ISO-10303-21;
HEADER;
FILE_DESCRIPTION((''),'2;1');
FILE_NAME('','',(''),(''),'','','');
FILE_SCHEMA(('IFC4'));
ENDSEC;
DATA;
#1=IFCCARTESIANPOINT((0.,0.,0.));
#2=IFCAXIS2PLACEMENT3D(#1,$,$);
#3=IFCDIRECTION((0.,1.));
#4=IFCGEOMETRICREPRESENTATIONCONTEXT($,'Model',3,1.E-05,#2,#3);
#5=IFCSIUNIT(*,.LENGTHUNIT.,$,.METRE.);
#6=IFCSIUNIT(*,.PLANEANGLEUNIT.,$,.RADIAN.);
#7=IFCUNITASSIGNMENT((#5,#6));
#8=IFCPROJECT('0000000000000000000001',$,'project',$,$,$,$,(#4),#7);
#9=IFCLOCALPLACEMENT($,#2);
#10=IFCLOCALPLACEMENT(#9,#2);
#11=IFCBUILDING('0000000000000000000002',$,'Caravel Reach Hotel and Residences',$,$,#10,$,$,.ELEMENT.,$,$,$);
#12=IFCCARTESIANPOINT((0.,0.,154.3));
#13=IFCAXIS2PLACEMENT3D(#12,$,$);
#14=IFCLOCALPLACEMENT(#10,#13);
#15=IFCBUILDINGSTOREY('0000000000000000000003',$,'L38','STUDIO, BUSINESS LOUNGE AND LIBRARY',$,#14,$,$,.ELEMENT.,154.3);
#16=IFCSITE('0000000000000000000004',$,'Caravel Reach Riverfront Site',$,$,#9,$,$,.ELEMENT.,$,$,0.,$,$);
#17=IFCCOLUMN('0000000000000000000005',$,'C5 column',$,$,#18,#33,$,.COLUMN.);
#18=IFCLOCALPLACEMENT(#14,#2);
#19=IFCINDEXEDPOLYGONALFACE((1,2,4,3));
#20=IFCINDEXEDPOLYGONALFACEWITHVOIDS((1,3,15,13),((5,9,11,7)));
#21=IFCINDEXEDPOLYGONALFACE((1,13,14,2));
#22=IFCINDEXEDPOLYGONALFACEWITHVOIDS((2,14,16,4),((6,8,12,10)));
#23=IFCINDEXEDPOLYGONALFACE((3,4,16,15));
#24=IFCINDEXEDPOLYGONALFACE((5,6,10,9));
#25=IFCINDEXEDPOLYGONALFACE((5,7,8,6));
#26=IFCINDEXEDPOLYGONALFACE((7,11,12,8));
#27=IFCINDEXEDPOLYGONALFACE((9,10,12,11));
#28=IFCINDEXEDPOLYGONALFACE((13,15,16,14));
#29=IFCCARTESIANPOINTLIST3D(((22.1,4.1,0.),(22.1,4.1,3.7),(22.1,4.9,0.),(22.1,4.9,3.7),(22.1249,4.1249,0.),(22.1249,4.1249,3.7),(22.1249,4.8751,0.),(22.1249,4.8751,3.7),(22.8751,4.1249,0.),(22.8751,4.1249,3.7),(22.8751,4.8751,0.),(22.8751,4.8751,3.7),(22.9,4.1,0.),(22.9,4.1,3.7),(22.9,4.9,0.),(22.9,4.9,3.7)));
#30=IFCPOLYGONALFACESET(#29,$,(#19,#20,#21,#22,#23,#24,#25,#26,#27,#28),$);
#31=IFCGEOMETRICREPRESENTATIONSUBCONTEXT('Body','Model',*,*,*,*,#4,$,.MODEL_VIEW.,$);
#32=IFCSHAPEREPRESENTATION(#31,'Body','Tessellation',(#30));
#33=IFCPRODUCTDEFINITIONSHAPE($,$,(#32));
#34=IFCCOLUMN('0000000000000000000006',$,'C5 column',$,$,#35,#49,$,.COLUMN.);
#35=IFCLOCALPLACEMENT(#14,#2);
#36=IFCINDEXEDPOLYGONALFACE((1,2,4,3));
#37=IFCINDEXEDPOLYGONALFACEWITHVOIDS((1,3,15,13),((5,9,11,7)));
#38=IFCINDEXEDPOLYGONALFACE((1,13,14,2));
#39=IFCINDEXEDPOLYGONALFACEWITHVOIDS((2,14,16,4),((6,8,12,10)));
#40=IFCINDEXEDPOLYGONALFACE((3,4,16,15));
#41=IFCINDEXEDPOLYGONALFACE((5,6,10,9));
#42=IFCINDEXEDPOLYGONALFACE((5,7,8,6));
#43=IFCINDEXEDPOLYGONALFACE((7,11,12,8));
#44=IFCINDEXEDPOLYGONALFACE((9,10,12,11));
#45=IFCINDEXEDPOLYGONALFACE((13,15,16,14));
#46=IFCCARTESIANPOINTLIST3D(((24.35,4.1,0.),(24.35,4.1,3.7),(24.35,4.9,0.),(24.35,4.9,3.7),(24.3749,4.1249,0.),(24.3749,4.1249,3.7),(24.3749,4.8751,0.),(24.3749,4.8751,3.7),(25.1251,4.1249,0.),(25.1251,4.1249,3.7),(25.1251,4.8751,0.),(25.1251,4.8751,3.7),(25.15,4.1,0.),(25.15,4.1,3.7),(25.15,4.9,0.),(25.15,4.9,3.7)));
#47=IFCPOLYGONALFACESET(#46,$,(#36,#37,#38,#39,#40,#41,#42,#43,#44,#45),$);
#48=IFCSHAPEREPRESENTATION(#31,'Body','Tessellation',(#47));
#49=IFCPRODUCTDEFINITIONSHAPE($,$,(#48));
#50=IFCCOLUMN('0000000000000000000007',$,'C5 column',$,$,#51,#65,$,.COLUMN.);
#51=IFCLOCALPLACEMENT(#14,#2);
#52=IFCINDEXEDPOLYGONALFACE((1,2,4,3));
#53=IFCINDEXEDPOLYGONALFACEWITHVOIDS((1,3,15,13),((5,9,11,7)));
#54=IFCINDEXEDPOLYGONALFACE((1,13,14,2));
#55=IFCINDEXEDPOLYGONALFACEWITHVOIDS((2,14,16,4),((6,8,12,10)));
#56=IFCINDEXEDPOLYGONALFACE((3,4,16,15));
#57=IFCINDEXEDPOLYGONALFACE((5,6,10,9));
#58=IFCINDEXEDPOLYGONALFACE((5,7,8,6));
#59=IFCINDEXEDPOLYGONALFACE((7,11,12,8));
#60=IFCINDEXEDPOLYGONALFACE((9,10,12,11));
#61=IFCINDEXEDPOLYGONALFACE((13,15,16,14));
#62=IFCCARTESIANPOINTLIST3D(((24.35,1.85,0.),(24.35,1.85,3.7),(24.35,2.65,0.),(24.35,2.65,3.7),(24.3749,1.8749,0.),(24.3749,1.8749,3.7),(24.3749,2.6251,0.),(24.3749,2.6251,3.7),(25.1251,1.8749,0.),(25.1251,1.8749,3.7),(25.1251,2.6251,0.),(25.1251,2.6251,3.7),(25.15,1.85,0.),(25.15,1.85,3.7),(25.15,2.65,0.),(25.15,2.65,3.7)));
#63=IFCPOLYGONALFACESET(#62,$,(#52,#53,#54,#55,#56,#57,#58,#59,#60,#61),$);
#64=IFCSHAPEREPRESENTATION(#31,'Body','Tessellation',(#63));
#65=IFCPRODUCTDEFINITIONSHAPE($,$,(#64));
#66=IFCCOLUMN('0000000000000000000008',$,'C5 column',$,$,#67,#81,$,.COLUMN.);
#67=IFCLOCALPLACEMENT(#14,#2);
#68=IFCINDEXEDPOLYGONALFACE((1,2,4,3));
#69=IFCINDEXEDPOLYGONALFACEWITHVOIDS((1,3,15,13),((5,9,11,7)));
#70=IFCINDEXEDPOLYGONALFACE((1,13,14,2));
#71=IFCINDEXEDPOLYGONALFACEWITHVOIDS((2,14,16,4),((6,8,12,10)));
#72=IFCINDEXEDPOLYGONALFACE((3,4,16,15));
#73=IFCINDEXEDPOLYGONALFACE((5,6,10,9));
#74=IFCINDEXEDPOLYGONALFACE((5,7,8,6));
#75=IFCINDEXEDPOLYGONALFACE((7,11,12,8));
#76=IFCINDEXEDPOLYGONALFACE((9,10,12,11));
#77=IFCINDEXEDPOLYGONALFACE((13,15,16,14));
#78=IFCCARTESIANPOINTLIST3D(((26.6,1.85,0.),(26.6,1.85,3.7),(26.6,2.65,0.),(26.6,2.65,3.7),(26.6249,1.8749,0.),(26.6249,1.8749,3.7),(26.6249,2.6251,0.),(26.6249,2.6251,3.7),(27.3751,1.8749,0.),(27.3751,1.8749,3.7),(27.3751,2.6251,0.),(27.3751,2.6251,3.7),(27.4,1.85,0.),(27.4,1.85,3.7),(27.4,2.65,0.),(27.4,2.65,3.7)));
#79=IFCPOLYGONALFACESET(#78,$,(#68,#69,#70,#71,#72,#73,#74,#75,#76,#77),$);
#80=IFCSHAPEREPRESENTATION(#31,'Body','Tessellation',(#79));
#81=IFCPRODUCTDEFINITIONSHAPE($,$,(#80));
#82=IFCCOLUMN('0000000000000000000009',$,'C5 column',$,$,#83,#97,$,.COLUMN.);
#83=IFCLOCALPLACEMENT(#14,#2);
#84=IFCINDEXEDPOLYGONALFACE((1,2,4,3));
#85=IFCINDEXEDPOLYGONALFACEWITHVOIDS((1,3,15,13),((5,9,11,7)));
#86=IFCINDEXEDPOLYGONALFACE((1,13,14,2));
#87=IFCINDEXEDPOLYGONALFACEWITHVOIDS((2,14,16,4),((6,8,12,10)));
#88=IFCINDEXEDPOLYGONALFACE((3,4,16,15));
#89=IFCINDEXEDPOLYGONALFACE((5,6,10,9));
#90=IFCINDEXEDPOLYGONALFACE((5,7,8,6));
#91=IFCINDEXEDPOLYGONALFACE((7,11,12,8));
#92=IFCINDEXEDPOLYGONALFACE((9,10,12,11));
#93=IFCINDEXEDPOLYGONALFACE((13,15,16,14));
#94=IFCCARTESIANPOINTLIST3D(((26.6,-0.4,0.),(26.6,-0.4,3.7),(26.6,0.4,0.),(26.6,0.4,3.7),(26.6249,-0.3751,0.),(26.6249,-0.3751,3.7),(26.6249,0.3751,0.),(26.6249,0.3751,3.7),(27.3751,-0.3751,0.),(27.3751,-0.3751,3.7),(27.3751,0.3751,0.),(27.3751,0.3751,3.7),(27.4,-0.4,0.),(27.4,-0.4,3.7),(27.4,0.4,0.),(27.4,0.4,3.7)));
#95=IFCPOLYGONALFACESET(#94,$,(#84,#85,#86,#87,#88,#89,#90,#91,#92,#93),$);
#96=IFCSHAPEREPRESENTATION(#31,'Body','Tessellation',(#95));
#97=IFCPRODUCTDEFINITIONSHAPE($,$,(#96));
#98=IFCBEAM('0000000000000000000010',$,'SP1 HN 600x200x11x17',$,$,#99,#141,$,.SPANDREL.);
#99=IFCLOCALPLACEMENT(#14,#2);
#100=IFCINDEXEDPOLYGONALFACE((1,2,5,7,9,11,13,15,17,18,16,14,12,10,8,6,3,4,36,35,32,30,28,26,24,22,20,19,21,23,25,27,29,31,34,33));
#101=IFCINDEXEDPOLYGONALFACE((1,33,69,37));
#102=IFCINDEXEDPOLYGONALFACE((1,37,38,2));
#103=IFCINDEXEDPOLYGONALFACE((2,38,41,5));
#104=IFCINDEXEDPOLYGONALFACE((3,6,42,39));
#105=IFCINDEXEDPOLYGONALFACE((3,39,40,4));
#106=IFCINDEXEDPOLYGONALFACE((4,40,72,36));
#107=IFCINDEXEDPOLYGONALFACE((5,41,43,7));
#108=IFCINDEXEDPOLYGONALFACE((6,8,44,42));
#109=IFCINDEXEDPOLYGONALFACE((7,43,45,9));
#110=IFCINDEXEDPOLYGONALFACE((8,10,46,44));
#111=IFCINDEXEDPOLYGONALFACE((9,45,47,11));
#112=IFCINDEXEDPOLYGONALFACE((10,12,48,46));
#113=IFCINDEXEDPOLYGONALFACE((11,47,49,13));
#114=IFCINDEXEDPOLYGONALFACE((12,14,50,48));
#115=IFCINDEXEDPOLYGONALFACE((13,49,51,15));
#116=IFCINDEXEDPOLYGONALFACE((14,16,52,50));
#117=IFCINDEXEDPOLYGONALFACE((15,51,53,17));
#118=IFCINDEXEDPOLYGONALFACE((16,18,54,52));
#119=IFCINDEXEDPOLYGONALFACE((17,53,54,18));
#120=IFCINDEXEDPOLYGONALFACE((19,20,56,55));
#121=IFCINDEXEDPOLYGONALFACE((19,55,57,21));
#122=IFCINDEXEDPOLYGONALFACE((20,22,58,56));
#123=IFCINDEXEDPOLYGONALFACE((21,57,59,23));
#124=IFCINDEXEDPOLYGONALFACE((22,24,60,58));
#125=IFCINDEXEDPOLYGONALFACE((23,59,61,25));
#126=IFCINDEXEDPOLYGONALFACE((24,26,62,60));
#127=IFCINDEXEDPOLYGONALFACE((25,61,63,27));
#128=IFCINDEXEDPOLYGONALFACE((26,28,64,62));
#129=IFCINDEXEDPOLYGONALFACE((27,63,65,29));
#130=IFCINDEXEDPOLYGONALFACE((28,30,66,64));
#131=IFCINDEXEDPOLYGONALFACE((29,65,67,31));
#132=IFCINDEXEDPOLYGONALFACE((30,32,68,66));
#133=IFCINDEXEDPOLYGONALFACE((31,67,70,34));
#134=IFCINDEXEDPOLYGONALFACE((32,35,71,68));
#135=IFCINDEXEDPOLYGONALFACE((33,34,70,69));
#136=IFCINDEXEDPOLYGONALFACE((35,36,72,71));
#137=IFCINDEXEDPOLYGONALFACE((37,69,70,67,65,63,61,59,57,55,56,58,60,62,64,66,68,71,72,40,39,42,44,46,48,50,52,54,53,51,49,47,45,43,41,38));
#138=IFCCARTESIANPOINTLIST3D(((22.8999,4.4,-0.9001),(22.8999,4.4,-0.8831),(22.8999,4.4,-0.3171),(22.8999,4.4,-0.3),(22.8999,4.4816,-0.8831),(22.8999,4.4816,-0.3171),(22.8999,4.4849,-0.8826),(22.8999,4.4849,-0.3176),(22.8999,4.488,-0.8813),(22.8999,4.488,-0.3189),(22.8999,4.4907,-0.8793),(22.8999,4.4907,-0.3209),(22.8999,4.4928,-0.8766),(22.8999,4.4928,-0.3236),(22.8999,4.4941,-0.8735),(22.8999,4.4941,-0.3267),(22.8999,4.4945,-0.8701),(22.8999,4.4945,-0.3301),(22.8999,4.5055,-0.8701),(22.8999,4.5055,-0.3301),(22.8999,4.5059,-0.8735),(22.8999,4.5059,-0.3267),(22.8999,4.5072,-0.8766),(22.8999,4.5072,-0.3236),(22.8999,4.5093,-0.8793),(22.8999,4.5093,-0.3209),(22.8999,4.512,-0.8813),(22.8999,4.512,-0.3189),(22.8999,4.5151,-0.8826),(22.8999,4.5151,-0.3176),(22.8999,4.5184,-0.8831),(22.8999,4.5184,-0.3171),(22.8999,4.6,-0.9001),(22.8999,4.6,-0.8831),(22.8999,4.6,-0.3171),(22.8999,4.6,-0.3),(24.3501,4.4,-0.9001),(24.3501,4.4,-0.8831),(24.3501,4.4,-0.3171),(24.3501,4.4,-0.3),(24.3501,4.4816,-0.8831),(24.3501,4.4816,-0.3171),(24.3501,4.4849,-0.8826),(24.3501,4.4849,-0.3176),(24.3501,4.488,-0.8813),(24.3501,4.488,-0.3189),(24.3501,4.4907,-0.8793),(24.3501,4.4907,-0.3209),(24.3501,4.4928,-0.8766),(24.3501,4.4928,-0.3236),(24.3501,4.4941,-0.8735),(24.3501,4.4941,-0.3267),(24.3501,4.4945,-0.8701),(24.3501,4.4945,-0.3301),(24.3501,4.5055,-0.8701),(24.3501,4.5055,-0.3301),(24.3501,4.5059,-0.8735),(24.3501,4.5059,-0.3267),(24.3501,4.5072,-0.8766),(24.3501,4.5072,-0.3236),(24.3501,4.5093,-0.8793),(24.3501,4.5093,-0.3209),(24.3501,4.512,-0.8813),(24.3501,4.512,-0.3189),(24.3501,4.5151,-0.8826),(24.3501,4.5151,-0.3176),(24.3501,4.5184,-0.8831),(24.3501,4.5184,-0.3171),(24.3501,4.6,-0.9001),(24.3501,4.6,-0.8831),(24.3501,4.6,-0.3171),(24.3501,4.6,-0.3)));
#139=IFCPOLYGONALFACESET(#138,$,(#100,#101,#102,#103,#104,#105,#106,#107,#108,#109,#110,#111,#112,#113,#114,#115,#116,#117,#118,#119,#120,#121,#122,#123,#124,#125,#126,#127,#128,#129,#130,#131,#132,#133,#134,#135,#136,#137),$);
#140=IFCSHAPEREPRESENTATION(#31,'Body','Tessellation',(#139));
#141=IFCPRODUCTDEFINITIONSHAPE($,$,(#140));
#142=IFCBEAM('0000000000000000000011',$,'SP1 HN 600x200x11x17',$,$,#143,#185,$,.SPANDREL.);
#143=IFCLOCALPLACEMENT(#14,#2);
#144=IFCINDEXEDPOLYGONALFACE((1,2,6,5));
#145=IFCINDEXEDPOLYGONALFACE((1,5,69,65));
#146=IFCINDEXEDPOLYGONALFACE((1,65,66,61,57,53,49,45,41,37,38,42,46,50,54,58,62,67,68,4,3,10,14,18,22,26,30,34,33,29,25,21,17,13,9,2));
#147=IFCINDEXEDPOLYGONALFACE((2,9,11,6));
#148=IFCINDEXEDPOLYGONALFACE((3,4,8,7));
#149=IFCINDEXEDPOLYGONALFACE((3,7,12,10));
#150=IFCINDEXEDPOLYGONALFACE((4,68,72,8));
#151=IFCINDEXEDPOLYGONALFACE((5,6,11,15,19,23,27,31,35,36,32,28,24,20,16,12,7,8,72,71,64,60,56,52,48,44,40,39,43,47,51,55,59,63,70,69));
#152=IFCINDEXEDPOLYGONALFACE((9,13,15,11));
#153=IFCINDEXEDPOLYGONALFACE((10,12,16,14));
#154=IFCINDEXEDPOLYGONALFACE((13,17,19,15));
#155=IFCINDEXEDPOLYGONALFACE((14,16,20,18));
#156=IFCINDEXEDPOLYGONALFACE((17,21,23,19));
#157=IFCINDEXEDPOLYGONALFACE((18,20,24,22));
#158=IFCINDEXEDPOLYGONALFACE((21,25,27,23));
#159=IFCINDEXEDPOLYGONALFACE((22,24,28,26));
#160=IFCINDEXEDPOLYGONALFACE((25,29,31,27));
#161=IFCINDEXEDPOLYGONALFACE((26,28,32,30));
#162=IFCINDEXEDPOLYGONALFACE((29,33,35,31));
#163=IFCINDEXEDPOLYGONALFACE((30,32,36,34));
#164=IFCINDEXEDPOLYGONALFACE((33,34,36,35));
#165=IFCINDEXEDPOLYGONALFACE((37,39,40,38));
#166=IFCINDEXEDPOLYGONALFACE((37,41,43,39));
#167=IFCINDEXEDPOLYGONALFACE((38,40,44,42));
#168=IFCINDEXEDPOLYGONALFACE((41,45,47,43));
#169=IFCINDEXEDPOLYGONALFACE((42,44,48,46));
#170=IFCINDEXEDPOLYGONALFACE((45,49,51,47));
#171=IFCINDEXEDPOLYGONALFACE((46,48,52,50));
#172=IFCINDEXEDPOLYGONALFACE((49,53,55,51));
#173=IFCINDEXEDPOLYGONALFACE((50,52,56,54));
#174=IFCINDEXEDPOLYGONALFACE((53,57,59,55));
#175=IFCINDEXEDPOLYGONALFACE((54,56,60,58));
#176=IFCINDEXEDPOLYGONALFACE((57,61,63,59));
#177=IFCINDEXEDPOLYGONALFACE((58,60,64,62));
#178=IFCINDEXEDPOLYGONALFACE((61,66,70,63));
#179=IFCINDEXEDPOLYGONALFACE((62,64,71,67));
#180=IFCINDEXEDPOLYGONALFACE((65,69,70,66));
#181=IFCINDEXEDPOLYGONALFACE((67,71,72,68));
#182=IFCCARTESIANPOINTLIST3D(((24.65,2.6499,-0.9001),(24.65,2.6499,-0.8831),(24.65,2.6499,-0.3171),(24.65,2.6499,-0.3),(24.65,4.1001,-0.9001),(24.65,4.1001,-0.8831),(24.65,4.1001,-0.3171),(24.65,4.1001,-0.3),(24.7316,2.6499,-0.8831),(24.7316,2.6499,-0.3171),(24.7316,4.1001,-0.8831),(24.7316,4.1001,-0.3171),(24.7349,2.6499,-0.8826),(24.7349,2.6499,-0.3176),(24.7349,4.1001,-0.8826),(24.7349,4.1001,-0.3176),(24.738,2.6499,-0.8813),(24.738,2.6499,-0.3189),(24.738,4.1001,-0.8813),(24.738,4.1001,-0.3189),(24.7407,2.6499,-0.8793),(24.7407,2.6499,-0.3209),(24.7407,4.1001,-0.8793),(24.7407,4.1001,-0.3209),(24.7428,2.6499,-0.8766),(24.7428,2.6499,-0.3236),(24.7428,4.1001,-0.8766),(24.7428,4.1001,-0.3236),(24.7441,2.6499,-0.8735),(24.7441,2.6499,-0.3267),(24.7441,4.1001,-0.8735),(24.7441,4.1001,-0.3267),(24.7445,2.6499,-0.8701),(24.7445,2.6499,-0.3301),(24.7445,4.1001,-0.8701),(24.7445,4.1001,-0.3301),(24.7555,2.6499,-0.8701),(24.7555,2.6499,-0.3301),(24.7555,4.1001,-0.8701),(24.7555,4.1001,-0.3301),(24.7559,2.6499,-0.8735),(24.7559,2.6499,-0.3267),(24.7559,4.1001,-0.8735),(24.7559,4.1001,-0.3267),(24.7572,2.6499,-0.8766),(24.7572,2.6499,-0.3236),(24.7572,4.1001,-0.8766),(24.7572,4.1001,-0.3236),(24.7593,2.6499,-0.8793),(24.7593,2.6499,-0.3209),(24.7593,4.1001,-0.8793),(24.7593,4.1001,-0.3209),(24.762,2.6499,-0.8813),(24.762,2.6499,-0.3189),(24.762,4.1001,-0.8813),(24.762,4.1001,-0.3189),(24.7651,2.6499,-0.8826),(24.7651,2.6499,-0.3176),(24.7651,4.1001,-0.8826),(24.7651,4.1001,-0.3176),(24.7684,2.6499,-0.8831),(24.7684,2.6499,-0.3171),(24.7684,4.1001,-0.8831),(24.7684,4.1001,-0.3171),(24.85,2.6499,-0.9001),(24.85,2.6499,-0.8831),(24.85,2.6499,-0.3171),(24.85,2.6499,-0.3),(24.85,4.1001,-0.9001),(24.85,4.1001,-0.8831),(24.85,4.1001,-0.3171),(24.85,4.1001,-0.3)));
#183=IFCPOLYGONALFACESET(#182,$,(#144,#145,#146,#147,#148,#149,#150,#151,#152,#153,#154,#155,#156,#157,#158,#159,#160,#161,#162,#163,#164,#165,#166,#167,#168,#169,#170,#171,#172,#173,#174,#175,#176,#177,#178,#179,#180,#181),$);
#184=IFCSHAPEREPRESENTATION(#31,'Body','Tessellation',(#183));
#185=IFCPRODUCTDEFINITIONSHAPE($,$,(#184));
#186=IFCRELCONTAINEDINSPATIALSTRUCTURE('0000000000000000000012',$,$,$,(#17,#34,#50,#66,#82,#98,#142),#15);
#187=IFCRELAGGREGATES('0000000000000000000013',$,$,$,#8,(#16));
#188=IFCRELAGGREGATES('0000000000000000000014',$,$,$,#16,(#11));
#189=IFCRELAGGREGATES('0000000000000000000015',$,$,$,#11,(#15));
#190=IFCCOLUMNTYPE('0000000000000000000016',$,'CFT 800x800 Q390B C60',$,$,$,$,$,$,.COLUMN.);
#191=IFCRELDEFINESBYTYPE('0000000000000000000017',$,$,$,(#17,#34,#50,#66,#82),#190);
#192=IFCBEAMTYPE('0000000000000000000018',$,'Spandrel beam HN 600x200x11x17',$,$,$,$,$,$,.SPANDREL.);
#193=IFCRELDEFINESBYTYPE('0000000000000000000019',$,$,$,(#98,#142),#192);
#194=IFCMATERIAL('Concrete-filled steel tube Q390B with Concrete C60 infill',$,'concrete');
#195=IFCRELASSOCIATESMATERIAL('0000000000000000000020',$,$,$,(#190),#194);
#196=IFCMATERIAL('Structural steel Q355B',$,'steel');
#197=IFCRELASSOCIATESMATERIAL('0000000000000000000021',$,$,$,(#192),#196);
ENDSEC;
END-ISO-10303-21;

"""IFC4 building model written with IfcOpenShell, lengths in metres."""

from ifc_helpers import new_model, si_unit, direction, frame, origin, origin_2d, place, context, subcontext, project, spatial, hollow_rectangle, i_section, extrude, material, material_profile, profile_set, type_object, element, save


model = new_model("IFC4")

# Units and contexts
model_context = context("Model", 3, precision=1e-05, world=origin(), true_north=direction((0.0, 1.0)))
body_context = subcontext(model_context, "Body", "Model", "MODEL_VIEW")
ifc_project = project(units=[si_unit("LENGTHUNIT", "METRE"), si_unit("PLANEANGLEUNIT", "RADIAN")], contexts=[model_context])

# Site, building, storey
site_placement = place(None, origin())
site = spatial("IfcSite", under=ifc_project, at=site_placement, Name="Caravel Reach Riverfront Site", CompositionType="ELEMENT", RefElevation=0.0)
building_placement = place(site_placement, origin())
building = spatial("IfcBuilding", under=site, at=building_placement, Name="Caravel Reach Hotel and Residences", CompositionType="ELEMENT")
storey_placement = place(building_placement, frame((0.0, 0.0, 154.3)))
storey = spatial("IfcBuildingStorey", under=building, at=storey_placement, Name="L38", Description="STUDIO, BUSINESS LOUNGE AND LIBRARY", CompositionType="ELEMENT", Elevation=154.3)

# Columns
ifc_material_1 = material(Name="Concrete-filled steel tube Q390B with Concrete C60 infill", Category="concrete")
ifc_material_profile_1 = material_profile(ifc_material_1, hollow_rectangle(XDim=0.8, YDim=0.8, WallThickness=0.0249, at=origin_2d()), Name="RHS 800x800x25")
ifc_profile_set_1 = profile_set([ifc_material_profile_1], Name="Concrete-filled steel tube Q390B with Concrete C60 infill")
column_type = type_object("IfcColumnType", Name="CFT 800x800 Q390B C60", PredefinedType="COLUMN", material=ifc_profile_set_1)
for number, where, z_axis, x_axis, name in (
    (1, (22.5, 4.5, 0.0), (0.0, 0.0, 1.0), (1.0, 0.0, 0.0), "C5 column"),
    (2, (24.75, 4.5, 0.0), (0.0, 0.0, 1.0), (1.0, 0.0, 0.0), "C5 column"),
    (3, (24.75, 2.25, 0.0), (0.0, 0.0, 1.0), (1.0, 0.0, 0.0), "C5 column"),
    (4, (27.0, 2.25, 0.0), (0.0, 0.0, 1.0), (1.0, 0.0, 0.0), "C5 column"),
    (5, (27.0, 0.0, 0.0), (0.0, 0.0, 1.0), (1.0, 0.0, 0.0), "C5 column"),
):
    element("IfcColumn", number, at=place(storey_placement, frame(where, z_axis=z_axis, x_axis=x_axis)), inside=storey, type_object=column_type, Name=name, PredefinedType="COLUMN", context=body_context, shape_type="SweptSolid", body=[
        extrude(hollow_rectangle(XDim=0.8, YDim=0.8, WallThickness=0.0249, at=origin_2d()), origin(), (0.0, 0.0, 1.0), 3.7),
    ])

# Beams
ifc_material_2 = material(Name="Structural steel Q355B", Category="steel")
ifc_material_profile_2 = material_profile(ifc_material_2, i_section(OverallWidth=0.2, OverallDepth=0.6001, WebThickness=0.011, FlangeThickness=0.0171, FilletRadius=0.0129, at=origin_2d()), Name="HN 600x200x11x17")
ifc_profile_set_2 = profile_set([ifc_material_profile_2], Name="Structural steel Q355B")
beam_type = type_object("IfcBeamType", Name="Spandrel beam HN 600x200x11x17", PredefinedType="SPANDREL", material=ifc_profile_set_2)
for number, where, z_axis, x_axis, name in (
    (6, (22.8999, 4.5, -0.6001), (1.0, 0.0, 0.0), (0.0, 1.0, 0.0), "SP1 HN 600x200x11x17"),
    (7, (24.75, 4.1001, -0.6001), (0.0, -1.0, 0.0), (1.0, 0.0, 0.0), "SP1 HN 600x200x11x17"),
):
    element("IfcBeam", number, at=place(storey_placement, frame(where, z_axis=z_axis, x_axis=x_axis)), inside=storey, type_object=beam_type, Name=name, PredefinedType="SPANDREL", context=body_context, shape_type="SweptSolid", body=[
        extrude(i_section(OverallWidth=0.2, OverallDepth=0.6001, WebThickness=0.011, FlangeThickness=0.0171, FilletRadius=0.0129, at=origin_2d()), origin(), (0.0, 0.0, 1.0), 1.4502),
    ])

save(model, "model.ifc")
